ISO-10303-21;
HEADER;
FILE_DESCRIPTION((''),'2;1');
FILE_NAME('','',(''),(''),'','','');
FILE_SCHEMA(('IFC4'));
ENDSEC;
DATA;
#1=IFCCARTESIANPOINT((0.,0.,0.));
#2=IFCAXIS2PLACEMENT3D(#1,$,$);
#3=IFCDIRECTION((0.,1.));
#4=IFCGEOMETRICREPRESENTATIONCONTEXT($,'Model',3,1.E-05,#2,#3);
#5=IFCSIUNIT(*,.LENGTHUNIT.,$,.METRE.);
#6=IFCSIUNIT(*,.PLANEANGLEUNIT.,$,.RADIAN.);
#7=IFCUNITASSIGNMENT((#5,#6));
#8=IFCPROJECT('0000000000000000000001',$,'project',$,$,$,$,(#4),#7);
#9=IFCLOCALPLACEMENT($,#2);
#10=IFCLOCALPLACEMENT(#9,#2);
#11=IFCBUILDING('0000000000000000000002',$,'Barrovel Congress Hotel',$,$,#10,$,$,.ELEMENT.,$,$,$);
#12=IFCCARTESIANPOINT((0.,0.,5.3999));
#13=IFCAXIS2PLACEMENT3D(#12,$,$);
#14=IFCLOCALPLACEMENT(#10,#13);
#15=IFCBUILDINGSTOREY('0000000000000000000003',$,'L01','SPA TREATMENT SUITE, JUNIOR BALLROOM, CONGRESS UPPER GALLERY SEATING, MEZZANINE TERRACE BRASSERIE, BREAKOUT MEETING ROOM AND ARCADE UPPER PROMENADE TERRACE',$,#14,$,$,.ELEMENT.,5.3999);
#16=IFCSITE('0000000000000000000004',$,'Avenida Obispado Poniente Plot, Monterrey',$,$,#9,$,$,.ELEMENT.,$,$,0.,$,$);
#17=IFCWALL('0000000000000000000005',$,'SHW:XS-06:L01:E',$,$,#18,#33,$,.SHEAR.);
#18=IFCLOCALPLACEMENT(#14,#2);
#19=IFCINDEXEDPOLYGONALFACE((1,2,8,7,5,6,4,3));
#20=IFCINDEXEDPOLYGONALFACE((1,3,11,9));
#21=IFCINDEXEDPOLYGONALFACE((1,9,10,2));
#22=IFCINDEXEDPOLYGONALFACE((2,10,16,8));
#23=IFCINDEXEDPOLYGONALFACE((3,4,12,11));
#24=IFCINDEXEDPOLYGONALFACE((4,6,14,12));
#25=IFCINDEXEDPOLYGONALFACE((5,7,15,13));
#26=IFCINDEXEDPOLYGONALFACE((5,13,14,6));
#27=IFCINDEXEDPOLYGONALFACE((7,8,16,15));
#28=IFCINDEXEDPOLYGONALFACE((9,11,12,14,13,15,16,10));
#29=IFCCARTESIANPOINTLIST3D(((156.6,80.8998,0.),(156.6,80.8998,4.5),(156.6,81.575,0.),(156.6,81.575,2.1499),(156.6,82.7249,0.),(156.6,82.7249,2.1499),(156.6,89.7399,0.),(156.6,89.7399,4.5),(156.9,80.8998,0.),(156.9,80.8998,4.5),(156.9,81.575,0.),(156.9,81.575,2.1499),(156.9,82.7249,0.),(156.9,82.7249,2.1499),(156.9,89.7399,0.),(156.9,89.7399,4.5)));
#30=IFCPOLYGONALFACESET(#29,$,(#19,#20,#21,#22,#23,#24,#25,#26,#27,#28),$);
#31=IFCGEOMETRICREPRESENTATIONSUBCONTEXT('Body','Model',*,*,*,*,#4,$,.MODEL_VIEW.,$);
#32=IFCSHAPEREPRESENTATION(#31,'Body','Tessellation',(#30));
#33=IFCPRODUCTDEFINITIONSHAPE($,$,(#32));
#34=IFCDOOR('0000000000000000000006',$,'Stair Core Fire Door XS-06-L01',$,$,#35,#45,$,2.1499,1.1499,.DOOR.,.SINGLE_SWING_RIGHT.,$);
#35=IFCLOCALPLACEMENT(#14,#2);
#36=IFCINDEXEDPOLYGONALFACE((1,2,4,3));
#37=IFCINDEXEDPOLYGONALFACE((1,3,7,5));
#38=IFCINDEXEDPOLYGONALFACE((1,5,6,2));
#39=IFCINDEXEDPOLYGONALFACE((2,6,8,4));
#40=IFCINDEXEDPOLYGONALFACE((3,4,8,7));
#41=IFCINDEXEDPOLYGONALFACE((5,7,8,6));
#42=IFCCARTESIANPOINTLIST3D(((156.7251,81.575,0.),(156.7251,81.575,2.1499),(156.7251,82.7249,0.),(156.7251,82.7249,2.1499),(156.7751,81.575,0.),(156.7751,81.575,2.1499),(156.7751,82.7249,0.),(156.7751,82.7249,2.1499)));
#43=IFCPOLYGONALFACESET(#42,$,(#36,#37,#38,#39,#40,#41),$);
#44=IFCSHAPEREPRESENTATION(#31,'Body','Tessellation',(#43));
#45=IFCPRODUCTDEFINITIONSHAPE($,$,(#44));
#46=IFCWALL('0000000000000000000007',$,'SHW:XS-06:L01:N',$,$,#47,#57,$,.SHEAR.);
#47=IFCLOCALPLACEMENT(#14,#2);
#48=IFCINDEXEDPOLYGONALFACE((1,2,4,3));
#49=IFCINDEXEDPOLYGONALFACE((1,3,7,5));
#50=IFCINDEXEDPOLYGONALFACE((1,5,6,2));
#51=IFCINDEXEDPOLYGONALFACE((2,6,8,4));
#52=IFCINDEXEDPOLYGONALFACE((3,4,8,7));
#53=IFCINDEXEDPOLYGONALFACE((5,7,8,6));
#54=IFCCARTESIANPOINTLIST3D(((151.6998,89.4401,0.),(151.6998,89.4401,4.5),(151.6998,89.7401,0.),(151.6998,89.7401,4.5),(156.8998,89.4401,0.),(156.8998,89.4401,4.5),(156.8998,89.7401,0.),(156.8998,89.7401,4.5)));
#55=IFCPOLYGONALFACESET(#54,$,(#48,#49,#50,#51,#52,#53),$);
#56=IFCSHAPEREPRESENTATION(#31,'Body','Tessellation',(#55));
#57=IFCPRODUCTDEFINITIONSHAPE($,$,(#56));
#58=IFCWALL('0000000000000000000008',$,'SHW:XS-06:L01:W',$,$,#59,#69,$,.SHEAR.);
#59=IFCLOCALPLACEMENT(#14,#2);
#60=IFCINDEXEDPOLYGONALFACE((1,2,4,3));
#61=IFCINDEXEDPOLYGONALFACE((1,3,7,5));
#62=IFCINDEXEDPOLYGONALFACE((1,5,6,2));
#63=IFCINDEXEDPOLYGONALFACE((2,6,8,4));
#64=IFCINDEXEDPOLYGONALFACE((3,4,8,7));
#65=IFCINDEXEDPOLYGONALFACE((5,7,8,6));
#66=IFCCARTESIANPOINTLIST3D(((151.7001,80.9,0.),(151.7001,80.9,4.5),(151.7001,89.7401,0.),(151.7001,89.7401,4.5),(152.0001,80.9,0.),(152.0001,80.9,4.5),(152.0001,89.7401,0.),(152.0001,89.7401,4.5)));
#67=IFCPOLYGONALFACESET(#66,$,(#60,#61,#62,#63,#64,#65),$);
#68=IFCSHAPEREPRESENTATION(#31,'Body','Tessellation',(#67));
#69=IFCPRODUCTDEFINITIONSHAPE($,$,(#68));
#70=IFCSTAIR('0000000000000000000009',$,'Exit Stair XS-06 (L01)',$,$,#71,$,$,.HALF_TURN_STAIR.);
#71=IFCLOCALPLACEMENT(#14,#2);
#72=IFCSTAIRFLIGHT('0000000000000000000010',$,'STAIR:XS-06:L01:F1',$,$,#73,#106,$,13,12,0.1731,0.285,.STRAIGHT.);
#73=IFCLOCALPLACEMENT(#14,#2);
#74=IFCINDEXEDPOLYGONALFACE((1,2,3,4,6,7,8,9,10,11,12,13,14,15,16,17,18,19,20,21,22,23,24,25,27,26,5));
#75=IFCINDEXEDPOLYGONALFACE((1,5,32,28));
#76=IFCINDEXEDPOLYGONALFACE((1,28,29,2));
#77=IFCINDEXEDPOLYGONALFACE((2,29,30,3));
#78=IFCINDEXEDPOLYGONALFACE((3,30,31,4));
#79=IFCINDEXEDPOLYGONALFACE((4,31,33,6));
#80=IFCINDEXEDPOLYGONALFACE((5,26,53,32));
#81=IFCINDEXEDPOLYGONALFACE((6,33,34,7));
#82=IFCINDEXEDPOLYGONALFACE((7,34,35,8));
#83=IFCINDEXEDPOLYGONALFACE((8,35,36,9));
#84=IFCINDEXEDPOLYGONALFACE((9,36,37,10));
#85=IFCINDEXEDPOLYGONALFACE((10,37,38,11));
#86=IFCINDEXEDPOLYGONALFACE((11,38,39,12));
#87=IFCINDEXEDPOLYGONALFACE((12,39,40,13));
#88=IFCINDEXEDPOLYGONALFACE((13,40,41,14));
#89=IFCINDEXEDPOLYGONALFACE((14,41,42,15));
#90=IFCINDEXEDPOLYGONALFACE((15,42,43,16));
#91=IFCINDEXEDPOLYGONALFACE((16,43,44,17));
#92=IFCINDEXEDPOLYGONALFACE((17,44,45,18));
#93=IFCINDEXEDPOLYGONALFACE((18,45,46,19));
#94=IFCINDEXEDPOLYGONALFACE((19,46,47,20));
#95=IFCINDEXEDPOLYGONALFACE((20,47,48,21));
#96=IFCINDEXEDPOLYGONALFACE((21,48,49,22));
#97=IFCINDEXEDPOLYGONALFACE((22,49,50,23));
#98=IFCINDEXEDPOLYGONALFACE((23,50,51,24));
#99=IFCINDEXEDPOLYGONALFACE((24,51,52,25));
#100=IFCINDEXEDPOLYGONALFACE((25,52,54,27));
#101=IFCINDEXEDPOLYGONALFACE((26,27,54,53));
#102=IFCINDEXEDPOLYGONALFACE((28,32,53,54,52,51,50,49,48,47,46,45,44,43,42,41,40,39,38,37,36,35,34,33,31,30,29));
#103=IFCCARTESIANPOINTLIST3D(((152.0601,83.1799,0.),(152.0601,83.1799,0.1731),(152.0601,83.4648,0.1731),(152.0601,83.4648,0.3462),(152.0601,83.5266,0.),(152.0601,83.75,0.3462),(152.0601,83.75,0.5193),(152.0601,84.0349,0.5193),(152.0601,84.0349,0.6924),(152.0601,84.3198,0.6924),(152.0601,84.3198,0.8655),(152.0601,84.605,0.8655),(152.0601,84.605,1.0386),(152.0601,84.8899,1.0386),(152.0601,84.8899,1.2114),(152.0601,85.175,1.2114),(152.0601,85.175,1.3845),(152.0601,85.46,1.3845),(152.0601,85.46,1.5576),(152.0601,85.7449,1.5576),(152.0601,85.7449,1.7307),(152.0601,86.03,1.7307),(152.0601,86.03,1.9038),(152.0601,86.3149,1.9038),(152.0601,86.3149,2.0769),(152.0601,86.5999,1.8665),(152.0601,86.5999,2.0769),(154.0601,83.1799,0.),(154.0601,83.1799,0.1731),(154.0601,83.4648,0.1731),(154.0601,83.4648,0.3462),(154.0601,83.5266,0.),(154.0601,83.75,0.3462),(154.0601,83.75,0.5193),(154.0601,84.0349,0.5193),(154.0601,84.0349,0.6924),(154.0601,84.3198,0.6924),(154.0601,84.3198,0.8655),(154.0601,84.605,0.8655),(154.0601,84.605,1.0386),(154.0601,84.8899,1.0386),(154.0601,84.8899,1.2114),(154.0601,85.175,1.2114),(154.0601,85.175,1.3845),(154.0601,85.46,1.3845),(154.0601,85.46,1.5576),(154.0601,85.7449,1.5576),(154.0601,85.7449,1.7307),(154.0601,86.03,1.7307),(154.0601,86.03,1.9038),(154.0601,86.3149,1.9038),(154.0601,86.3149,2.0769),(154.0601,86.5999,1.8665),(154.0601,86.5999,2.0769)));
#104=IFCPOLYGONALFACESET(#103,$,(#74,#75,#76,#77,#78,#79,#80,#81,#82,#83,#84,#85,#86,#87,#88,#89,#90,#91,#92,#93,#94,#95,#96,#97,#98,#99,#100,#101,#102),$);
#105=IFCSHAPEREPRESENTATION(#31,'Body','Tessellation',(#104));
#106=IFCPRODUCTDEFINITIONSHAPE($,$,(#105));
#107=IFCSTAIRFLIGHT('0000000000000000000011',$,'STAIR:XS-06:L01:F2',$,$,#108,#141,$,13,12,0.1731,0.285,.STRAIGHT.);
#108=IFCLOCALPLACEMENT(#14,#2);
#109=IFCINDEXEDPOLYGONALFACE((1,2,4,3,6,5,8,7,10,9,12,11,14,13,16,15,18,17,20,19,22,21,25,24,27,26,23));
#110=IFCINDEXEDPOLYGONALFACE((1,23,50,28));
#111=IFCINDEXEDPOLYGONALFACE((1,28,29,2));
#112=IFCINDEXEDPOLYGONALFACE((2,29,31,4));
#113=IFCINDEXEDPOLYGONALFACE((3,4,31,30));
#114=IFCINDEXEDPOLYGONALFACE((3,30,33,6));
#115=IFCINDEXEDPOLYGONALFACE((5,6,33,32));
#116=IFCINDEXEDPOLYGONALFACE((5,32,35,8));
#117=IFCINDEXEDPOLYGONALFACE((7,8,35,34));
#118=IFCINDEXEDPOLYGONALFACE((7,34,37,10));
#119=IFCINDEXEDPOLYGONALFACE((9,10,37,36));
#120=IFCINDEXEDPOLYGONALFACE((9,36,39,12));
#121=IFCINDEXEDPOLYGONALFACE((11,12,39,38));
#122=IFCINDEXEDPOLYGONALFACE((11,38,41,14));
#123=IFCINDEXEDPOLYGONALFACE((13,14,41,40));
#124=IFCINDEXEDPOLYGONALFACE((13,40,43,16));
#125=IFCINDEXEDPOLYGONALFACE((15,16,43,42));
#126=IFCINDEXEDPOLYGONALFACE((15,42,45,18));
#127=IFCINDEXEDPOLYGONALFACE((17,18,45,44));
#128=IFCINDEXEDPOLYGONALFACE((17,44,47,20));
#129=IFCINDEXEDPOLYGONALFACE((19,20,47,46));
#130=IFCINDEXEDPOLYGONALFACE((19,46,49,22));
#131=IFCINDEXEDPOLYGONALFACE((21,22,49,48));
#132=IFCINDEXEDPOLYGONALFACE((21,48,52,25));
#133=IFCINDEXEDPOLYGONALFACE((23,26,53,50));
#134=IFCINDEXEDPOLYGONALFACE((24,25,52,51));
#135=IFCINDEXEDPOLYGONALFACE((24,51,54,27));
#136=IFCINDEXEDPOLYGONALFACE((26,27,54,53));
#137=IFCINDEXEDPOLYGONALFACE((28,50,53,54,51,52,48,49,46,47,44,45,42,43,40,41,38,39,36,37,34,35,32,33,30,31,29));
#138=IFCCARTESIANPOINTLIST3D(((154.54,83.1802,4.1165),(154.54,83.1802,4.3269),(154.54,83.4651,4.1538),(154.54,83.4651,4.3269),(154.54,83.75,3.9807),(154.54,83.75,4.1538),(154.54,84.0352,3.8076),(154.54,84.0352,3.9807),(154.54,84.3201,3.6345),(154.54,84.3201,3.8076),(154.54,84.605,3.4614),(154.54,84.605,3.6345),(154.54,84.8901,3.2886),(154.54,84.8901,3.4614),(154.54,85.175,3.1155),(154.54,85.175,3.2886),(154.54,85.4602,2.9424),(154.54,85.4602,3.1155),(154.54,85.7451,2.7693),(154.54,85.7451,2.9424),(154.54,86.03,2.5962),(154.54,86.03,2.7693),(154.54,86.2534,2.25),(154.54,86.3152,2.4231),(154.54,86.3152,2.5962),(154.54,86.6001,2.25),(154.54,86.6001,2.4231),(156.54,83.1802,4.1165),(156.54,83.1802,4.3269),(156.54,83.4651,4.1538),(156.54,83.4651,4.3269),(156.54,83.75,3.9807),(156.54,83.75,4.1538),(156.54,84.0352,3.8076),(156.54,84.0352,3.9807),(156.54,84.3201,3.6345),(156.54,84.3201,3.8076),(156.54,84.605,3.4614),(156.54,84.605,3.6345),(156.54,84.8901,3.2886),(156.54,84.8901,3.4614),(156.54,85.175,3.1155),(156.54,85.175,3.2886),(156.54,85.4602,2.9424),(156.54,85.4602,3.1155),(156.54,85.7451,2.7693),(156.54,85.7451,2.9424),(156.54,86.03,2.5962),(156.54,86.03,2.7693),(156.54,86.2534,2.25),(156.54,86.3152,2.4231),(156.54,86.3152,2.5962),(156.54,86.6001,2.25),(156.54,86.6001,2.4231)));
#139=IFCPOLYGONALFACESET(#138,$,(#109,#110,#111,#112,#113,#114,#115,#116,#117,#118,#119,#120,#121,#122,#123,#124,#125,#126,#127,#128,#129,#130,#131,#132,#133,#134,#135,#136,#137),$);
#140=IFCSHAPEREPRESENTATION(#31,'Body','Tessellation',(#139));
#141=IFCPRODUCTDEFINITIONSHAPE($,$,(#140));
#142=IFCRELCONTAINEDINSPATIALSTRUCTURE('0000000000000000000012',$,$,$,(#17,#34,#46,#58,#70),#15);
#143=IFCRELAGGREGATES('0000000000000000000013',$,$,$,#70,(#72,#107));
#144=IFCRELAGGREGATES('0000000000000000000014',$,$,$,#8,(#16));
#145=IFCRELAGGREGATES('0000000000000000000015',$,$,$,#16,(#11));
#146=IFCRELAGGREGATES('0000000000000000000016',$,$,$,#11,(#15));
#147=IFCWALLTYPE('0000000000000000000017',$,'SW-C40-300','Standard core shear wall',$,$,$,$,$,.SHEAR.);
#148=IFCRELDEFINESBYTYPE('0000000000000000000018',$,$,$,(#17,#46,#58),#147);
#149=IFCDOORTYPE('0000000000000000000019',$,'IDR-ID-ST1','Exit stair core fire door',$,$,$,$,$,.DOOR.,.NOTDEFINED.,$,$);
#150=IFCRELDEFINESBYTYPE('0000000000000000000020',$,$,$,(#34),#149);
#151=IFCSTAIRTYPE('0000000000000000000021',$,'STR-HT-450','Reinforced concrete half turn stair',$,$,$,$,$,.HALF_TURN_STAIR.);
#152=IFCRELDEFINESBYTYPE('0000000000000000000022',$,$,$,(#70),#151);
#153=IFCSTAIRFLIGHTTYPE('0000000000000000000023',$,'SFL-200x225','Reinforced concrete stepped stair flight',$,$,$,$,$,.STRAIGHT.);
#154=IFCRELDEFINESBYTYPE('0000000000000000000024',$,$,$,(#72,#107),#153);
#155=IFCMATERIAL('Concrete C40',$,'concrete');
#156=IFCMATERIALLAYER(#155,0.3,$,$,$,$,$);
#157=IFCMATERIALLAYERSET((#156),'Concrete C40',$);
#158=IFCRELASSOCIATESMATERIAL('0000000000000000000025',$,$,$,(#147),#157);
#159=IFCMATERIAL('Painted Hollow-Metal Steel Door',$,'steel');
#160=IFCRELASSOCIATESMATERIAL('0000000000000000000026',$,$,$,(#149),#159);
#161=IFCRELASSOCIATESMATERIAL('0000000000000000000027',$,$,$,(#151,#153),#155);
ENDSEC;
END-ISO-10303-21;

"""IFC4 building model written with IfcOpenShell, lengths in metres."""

from ifc_helpers import new_model, si_unit, direction, frame, frame_2d, origin, place, context, subcontext, project, spatial, polyline, rectangle, outline, extrude, material, layer, layer_set, type_object, element, fill, aggregate, save


model = new_model("IFC4")

# Units and contexts
model_context = context("Model", 3, precision=1e-05, world=origin(), true_north=direction((0.0, 1.0)))
body_context = subcontext(model_context, "Body", "Model", "MODEL_VIEW")
ifc_project = project(units=[si_unit("LENGTHUNIT", "METRE"), si_unit("PLANEANGLEUNIT", "RADIAN")], contexts=[model_context])

# Site, building, storey
site_placement = place(None, origin())
site = spatial("IfcSite", under=ifc_project, at=site_placement, Name="Avenida Obispado Poniente Plot, Monterrey", CompositionType="ELEMENT", RefElevation=0.0)
building_placement = place(site_placement, origin())
building = spatial("IfcBuilding", under=site, at=building_placement, Name="Barrovel Congress Hotel", CompositionType="ELEMENT")
storey_placement = place(building_placement, frame((0.0, 0.0, 5.3999)))
storey = spatial("IfcBuildingStorey", under=building, at=storey_placement, Name="L01", Description="SPA TREATMENT SUITE, JUNIOR BALLROOM, CONGRESS UPPER GALLERY SEATING, MEZZANINE TERRACE BRASSERIE, BREAKOUT MEETING ROOM AND ARCADE UPPER PROMENADE TERRACE", CompositionType="ELEMENT", Elevation=5.3999)

# Shared definitions
ifc_material_1 = material(Name="Concrete C40", Category="concrete")

# Shared definitions
ifc_layer_1 = layer(ifc_material_1, 0.3)
ifc_layer_set_1 = layer_set([ifc_layer_1], Name="Concrete C40")
wall_type_1 = type_object("IfcWallType", Name="SW-C40-300", Description="Standard core shear wall", PredefinedType="SHEAR", material=ifc_layer_set_1)

# Wall, opening, door
wall_1_placement = place(storey_placement, frame((156.75, 80.8999, 0.0), z_axis=(0.0, 0.0, 1.0), x_axis=(0.0, 1.0, 0.0)))
wall_1 = element("IfcWall", 1, at=wall_1_placement, inside=storey, type_object=wall_type_1, Name="SHW:XS-06:L01:E", PredefinedType="SHEAR", context=body_context, shape_type="SweptSolid", body=[
    extrude(rectangle(XDim=8.8401, YDim=0.3, at=frame_2d((4.4199, 0.0))), origin(), (0.0, 0.0, 1.0), 4.5),
])
opening_placement = place(wall_1_placement, frame((0.675, 0.0, 0.0)))
opening = element("IfcOpeningElement", 2, at=opening_placement, cuts=wall_1, PredefinedType="OPENING", context=body_context, shape_type="SweptSolid", body=[
    extrude(rectangle(XDim=1.1499, YDim=2.1499, at=frame_2d((0.575, 1.075))), frame((0.0, 0.1602, 0.0), z_axis=(0.0, -1.0, 0.0), x_axis=(1.0, 0.0, 0.0)), (0.0, 0.0, 1.0), 0.3201),
])
ifc_material_2 = material(Name="Painted Hollow-Metal Steel Door", Category="steel")
door_type = type_object("IfcDoorType", Name="IDR-ID-ST1", Description="Exit stair core fire door", OperationType="NOTDEFINED", PredefinedType="DOOR", material=ifc_material_2)
door_placement = place(opening_placement, origin())
door = element("IfcDoor", 3, at=door_placement, inside=storey, type_object=door_type, Name="Stair Core Fire Door XS-06-L01", OperationType="SINGLE_SWING_RIGHT", OverallHeight=2.1499, OverallWidth=1.1499, PredefinedType="DOOR", context=body_context, shape_type="SweptSolid", body=[
    extrude(rectangle(XDim=1.1499, YDim=2.1499, at=frame_2d((0.575, 1.075))), frame((0.0, 0.0249, 0.0), z_axis=(0.0, -1.0, 0.0), x_axis=(1.0, 0.0, 0.0)), (0.0, 0.0, 1.0), 0.05),
])
fill(opening, door)

# Walls
wall_2_placement = place(storey_placement, frame((156.8999, 89.5901, 0.0), z_axis=(0.0, 0.0, 1.0), x_axis=(-1.0, 0.0, 0.0)))
element("IfcWall", 4, at=wall_2_placement, inside=storey, type_object=wall_type_1, Name="SHW:XS-06:L01:N", PredefinedType="SHEAR", context=body_context, shape_type="SweptSolid", body=[
    extrude(rectangle(XDim=5.2, YDim=0.3, at=frame_2d((2.6001, 0.0))), origin(), (0.0, 0.0, 1.0), 4.5),
])
wall_3_placement = place(storey_placement, frame((151.8501, 89.74, 0.0), z_axis=(0.0, 0.0, 1.0), x_axis=(0.0, -1.0, 0.0)))
element("IfcWall", 5, at=wall_3_placement, inside=storey, type_object=wall_type_1, Name="SHW:XS-06:L01:W", PredefinedType="SHEAR", context=body_context, shape_type="SweptSolid", body=[
    extrude(rectangle(XDim=8.8401, YDim=0.3, at=frame_2d((4.4199, 0.0))), origin(), (0.0, 0.0, 1.0), 4.5),
])

# Stair, stair flights
stair_type = type_object("IfcStairType", Name="STR-HT-450", Description="Reinforced concrete half turn stair", PredefinedType="HALF_TURN_STAIR", material=ifc_material_1)
stair_placement = place(storey_placement, origin())
stair = element("IfcStair", 6, at=stair_placement, inside=storey, type_object=stair_type, Name="Exit Stair XS-06 (L01)", PredefinedType="HALF_TURN_STAIR")
stair_flight_type = type_object("IfcStairFlightType", Name="SFL-200x225", Description="Reinforced concrete stepped stair flight", PredefinedType="STRAIGHT", material=ifc_material_1)
stair_flight_1_placement = place(storey_placement, frame((153.0601, 83.1799, 0.0), z_axis=(0.0, 0.0, 1.0), x_axis=(0.0, 1.0, 0.0)))
stair_flight_1 = element("IfcStairFlight", 7, at=stair_flight_1_placement, type_object=stair_flight_type, Name="STAIR:XS-06:L01:F1", NumberOfRisers=13, NumberOfTreads=12, PredefinedType="STRAIGHT", RiserHeight=0.1731, TreadLength=0.285, context=body_context, shape_type="SweptSolid", body=[
    extrude(outline(polyline([(0.0, 0.0), (0.0, 0.1731), (0.2849, 0.1731), (0.2849, 0.3462), (0.5701, 0.3462), (0.5701, 0.5193), (0.855, 0.5193), (0.855, 0.6924), (1.1399, 0.6924), (1.1399, 0.8655), (1.425, 0.8655), (1.425, 1.0386), (1.71, 1.0386), (1.71, 1.2114), (1.9951, 1.2114), (1.9951, 1.3845), (2.28, 1.3845), (2.28, 1.5576), (2.5649, 1.5576), (2.5649, 1.7307), (2.8501, 1.7307), (2.8501, 1.9038), (3.135, 1.9038), (3.135, 2.0769), (3.4199, 2.0769), (3.4199, 2.25), (3.4199, 1.8665), (0.3467, 0.0), (0.0, 0.0)])), frame((0.0, 1.0, 0.0), z_axis=(0.0, -1.0, 0.0), x_axis=(1.0, 0.0, 0.0)), (0.0, 0.0, 1.0), 2.0),
])
stair_flight_2_placement = place(storey_placement, frame((155.54, 86.6001, 2.25), z_axis=(0.0, 0.0, 1.0), x_axis=(0.0, -1.0, 0.0)))
stair_flight_2 = element("IfcStairFlight", 8, at=stair_flight_2_placement, type_object=stair_flight_type, Name="STAIR:XS-06:L01:F2", NumberOfRisers=13, NumberOfTreads=12, PredefinedType="STRAIGHT", RiserHeight=0.1731, TreadLength=0.285, context=body_context, shape_type="SweptSolid", body=[
    extrude(outline(polyline([(0.0, 0.0), (0.0, 0.1731), (0.2849, 0.1731), (0.2849, 0.3462), (0.5701, 0.3462), (0.5701, 0.5193), (0.855, 0.5193), (0.855, 0.6924), (1.1399, 0.6924), (1.1399, 0.8655), (1.425, 0.8655), (1.425, 1.0386), (1.71, 1.0386), (1.71, 1.2114), (1.9951, 1.2114), (1.9951, 1.3845), (2.28, 1.3845), (2.28, 1.5576), (2.5649, 1.5576), (2.5649, 1.7307), (2.8501, 1.7307), (2.8501, 1.9038), (3.135, 1.9038), (3.135, 2.0769), (3.4199, 2.0769), (3.4199, 2.25), (3.4199, 1.8665), (0.3467, 0.0), (0.0, 0.0)])), frame((0.0, 1.0, 0.0), z_axis=(0.0, -1.0, 0.0), x_axis=(1.0, 0.0, 0.0)), (0.0, 0.0, 1.0), 2.0),
])
aggregate(stair, [stair_flight_1, stair_flight_2])

save(model, "model.ifc")
